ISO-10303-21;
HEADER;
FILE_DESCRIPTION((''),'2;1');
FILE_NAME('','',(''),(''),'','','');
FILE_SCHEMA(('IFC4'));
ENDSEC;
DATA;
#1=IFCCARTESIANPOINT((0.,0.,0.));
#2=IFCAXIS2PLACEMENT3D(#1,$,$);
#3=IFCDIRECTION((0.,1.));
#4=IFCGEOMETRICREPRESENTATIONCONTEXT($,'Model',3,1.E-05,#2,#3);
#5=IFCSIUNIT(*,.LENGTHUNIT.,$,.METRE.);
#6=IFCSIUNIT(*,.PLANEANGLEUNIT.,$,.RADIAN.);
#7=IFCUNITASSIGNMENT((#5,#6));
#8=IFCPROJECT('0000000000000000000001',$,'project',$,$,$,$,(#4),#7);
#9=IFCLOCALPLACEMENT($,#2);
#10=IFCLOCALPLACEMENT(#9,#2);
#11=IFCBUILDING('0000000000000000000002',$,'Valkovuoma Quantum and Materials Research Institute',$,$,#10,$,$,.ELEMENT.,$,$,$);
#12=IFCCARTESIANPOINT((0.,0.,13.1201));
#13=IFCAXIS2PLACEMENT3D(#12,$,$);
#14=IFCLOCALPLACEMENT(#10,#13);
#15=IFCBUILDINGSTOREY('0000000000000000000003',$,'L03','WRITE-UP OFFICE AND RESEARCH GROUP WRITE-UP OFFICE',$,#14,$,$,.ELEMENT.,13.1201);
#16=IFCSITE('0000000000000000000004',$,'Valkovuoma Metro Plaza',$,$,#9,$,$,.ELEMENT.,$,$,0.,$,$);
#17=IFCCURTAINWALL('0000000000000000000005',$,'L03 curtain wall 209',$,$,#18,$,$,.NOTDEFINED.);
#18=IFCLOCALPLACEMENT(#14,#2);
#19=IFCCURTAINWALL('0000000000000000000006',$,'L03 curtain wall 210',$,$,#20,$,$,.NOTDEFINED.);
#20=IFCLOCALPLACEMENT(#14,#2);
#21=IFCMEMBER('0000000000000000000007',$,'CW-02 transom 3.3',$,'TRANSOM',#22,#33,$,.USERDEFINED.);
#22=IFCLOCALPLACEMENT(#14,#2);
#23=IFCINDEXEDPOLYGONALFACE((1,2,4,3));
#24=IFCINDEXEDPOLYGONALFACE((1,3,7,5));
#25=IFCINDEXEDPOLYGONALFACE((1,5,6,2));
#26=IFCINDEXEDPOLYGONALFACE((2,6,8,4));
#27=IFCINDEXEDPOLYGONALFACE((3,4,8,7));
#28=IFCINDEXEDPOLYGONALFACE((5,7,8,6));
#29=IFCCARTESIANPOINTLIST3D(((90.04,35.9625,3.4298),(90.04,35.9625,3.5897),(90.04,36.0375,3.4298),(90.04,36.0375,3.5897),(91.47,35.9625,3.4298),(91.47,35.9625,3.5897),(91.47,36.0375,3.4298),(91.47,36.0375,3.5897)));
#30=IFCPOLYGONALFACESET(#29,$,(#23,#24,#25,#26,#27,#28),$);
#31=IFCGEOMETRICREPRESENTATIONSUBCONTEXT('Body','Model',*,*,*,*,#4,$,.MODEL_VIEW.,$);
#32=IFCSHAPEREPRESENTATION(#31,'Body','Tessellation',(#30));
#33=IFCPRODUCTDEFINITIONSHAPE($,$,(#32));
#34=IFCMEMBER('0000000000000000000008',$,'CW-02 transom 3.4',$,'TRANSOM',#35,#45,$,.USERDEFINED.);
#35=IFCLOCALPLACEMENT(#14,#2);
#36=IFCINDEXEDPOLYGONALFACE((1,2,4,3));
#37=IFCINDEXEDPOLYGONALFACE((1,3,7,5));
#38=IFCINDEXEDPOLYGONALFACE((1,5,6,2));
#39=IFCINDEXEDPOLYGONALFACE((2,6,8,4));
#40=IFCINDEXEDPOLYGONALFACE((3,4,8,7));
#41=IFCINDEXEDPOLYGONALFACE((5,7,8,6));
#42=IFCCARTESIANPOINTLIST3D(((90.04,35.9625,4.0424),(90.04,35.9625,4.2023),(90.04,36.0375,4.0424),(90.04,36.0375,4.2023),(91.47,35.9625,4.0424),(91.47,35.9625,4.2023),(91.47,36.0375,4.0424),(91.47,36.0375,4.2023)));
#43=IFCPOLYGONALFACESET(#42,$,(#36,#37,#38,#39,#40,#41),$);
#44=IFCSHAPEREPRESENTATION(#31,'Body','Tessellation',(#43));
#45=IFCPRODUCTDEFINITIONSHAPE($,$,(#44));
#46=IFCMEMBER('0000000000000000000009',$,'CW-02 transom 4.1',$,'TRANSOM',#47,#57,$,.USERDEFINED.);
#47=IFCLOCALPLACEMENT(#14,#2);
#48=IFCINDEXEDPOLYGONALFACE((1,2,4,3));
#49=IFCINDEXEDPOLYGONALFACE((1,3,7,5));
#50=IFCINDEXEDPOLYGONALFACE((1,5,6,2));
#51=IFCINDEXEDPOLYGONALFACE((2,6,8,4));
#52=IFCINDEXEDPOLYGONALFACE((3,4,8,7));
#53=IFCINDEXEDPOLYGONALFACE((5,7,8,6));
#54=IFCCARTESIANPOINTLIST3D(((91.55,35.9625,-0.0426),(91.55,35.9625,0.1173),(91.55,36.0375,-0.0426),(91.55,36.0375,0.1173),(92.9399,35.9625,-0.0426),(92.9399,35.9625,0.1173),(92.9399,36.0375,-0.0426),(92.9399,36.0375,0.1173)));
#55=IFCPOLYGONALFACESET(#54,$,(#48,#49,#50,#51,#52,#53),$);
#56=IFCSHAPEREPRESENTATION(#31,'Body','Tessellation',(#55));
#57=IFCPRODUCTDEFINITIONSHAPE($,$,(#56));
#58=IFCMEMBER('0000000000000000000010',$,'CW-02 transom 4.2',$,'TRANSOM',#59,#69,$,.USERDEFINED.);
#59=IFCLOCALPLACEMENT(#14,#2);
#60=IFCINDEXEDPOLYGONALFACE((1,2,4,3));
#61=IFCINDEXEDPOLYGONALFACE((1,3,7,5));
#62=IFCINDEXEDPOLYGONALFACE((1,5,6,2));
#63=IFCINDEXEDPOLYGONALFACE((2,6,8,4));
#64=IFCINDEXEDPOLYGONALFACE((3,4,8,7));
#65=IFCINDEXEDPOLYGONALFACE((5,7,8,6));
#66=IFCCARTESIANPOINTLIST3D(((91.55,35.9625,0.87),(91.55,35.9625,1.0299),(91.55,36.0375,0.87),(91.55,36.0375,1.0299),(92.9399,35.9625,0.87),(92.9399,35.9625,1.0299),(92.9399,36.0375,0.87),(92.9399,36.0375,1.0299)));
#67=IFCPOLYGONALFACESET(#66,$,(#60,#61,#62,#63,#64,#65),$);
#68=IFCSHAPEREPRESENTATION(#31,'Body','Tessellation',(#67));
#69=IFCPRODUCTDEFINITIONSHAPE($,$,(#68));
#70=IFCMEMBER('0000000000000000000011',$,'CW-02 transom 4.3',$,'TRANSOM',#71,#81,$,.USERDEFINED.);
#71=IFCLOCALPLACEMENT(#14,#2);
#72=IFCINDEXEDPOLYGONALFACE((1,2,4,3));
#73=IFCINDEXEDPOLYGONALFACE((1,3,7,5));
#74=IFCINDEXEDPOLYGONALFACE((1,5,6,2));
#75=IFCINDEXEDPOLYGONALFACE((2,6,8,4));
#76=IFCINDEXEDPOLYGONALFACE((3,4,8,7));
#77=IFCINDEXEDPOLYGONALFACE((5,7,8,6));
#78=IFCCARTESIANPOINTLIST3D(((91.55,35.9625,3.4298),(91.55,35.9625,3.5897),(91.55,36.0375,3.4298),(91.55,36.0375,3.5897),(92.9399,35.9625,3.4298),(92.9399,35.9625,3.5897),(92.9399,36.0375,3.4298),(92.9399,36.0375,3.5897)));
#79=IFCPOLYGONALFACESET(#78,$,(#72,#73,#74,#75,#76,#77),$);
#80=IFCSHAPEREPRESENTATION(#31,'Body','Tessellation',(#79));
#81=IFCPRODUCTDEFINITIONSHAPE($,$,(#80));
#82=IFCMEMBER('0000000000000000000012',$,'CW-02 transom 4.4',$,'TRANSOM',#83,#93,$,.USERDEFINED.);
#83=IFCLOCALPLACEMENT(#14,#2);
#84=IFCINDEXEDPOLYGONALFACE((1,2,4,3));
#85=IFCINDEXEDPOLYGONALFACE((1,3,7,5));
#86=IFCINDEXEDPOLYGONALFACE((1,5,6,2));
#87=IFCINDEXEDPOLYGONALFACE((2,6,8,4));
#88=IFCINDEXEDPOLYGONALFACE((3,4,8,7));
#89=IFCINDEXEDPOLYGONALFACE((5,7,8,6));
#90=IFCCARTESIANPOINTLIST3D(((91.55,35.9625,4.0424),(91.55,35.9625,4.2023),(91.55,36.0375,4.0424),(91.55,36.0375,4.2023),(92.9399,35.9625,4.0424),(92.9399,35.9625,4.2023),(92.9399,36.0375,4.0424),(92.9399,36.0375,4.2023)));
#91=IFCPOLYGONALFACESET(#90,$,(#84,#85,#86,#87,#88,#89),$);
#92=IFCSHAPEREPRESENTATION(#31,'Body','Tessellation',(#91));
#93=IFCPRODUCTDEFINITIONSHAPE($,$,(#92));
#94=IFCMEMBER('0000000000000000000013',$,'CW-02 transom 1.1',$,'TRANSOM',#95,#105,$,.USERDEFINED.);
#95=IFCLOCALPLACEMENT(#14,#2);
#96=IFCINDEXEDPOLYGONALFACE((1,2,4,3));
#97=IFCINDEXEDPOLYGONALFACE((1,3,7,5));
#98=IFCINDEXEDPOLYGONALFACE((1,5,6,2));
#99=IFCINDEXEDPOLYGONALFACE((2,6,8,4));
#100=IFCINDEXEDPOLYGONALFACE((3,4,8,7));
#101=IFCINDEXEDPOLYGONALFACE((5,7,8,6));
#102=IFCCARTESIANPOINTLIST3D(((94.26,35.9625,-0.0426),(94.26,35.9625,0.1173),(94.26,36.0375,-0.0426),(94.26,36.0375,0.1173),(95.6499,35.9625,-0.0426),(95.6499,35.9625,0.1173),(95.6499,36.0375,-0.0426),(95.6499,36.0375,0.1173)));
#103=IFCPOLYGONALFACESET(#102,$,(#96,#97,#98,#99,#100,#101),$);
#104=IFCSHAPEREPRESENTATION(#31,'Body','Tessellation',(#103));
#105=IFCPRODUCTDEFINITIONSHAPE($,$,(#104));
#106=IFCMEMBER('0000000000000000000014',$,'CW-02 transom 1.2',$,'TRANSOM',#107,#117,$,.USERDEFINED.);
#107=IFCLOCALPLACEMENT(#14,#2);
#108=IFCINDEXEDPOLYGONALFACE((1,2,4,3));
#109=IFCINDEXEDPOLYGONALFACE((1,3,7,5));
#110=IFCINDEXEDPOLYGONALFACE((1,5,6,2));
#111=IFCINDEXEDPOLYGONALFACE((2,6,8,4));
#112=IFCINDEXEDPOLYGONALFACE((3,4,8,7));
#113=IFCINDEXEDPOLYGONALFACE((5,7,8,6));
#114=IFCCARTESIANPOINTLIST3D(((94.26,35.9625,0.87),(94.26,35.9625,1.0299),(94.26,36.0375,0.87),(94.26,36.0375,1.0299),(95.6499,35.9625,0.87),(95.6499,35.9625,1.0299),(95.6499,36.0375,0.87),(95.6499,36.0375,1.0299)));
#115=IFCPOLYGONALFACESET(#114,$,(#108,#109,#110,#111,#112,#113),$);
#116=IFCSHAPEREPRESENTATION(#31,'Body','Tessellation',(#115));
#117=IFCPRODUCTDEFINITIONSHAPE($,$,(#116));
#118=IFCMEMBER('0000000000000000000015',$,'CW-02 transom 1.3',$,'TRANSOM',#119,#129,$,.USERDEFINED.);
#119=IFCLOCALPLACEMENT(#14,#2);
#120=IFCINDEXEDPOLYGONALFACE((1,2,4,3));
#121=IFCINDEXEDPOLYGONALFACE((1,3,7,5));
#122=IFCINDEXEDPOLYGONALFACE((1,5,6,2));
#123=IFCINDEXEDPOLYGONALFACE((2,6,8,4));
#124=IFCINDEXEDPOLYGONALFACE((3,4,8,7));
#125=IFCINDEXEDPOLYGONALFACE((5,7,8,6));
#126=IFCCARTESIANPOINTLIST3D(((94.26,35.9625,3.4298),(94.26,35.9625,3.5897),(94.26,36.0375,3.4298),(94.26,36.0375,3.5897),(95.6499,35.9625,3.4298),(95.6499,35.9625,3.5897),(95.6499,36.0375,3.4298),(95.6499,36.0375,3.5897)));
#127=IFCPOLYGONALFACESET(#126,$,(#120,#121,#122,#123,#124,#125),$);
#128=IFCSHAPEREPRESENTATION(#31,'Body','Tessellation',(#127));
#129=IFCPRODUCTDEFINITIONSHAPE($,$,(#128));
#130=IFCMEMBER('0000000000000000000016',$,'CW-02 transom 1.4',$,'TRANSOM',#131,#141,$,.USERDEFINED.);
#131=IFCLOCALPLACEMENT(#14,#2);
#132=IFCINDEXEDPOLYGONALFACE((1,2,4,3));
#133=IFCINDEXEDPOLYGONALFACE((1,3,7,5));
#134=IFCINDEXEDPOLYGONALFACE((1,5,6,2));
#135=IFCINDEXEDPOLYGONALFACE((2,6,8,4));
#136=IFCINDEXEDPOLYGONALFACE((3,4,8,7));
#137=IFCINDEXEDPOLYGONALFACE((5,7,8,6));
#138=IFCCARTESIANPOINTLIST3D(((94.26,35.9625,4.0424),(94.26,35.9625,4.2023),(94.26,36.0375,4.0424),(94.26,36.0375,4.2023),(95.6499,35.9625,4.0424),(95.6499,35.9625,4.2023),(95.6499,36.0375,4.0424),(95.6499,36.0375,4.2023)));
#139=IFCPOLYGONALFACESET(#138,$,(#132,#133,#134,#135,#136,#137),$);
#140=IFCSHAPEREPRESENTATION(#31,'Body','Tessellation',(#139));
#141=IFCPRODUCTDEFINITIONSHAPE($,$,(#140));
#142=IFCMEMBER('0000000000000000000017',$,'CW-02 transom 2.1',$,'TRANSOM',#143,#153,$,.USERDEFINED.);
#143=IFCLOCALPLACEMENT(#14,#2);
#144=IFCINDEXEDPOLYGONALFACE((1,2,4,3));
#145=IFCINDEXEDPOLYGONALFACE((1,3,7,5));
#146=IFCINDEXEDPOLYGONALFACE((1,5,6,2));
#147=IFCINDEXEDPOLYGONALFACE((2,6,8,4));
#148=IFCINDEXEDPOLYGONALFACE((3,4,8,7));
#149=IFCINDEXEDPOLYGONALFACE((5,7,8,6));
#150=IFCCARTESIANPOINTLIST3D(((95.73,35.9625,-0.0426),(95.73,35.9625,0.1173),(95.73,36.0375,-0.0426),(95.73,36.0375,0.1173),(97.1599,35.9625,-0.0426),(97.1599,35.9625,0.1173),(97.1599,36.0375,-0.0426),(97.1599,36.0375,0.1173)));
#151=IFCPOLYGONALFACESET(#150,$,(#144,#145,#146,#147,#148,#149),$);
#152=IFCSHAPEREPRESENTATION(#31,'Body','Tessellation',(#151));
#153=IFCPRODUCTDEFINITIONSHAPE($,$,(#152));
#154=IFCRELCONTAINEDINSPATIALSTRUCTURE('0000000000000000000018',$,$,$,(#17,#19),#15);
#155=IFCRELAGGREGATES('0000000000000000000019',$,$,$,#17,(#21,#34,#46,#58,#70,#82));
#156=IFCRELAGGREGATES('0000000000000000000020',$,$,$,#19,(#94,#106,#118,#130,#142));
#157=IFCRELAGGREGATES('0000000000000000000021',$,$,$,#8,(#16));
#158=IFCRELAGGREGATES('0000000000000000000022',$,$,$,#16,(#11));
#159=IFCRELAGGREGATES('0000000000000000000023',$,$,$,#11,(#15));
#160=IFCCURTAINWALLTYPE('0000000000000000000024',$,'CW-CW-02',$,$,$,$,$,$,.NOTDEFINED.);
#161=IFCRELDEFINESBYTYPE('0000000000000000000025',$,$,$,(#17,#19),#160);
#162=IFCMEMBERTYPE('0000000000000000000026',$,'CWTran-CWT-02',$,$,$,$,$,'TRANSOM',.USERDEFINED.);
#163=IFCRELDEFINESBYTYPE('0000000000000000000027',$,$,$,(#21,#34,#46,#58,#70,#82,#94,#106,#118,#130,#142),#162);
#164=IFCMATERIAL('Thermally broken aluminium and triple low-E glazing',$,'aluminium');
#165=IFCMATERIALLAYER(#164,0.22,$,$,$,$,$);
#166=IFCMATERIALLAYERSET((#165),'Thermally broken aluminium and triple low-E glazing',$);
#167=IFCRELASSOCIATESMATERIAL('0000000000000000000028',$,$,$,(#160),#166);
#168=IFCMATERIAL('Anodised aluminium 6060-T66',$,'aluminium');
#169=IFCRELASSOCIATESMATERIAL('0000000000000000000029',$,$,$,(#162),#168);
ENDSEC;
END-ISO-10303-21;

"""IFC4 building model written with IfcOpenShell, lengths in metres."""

from ifc_helpers import new_model, si_unit, direction, frame, origin, origin_2d, place, context, subcontext, project, spatial, rectangle, extrude, material, layer, layer_set, material_profile, profile_set, type_object, element, aggregate, save


model = new_model("IFC4")

# Units and contexts
model_context = context("Model", 3, precision=1e-05, world=origin(), true_north=direction((0.0, 1.0)))
body_context = subcontext(model_context, "Body", "Model", "MODEL_VIEW")
ifc_project = project(units=[si_unit("LENGTHUNIT", "METRE"), si_unit("PLANEANGLEUNIT", "RADIAN")], contexts=[model_context])

# Site, building, storey
site_placement = place(None, origin())
site = spatial("IfcSite", under=ifc_project, at=site_placement, Name="Valkovuoma Metro Plaza", CompositionType="ELEMENT", RefElevation=0.0)
building_placement = place(site_placement, origin())
building = spatial("IfcBuilding", under=site, at=building_placement, Name="Valkovuoma Quantum and Materials Research Institute", CompositionType="ELEMENT")
storey_placement = place(building_placement, frame((0.0, 0.0, 13.1201)))
storey = spatial("IfcBuildingStorey", under=building, at=storey_placement, Name="L03", Description="WRITE-UP OFFICE AND RESEARCH GROUP WRITE-UP OFFICE", CompositionType="ELEMENT", Elevation=13.1201)

# Curtain walls
ifc_material_1 = material(Name="Thermally broken aluminium and triple low-E glazing", Category="aluminium")
ifc_layer_1 = layer(ifc_material_1, 0.22)
ifc_layer_set_1 = layer_set([ifc_layer_1], Name="Thermally broken aluminium and triple low-E glazing")
curtain_wall_type = type_object("IfcCurtainWallType", Name="CW-CW-02", PredefinedType="NOTDEFINED", material=ifc_layer_set_1)
curtain_wall_1_placement = place(storey_placement, origin())
curtain_wall_1 = element("IfcCurtainWall", 1, at=curtain_wall_1_placement, inside=storey, type_object=curtain_wall_type, Name="L03 curtain wall 209", PredefinedType="NOTDEFINED")
curtain_wall_2_placement = place(storey_placement, origin())
curtain_wall_2 = element("IfcCurtainWall", 2, at=curtain_wall_2_placement, inside=storey, type_object=curtain_wall_type, Name="L03 curtain wall 210", PredefinedType="NOTDEFINED")

# Members
ifc_material_2 = material(Name="Anodised aluminium 6060-T66", Category="aluminium")
ifc_material_profile_1 = material_profile(ifc_material_2, rectangle(XDim=0.075, YDim=0.1599, at=origin_2d()), Name="Anodised aluminium 6060-T66")
ifc_profile_set_1 = profile_set([ifc_material_profile_1], Name="Anodised aluminium 6060-T66")
member_type_1 = type_object("IfcMemberType", Name="CWTran-CWT-02", ElementType="TRANSOM", PredefinedType="USERDEFINED", material=ifc_profile_set_1)
member_1_placement = place(storey_placement, frame((90.04, 36.0, 3.5098), z_axis=(1.0, 0.0, 0.0), x_axis=(0.0, 1.0, 0.0)))
member_1 = element("IfcMember", 3, at=member_1_placement, type_object=member_type_1, Name="CW-02 transom 3.3", ObjectType="TRANSOM", PredefinedType="USERDEFINED", context=body_context, shape_type="SweptSolid", body=[
    extrude(rectangle(XDim=0.075, YDim=0.1599, at=origin_2d()), origin(), (0.0, 0.0, 1.0), 1.4299),
])
member_2_placement = place(storey_placement, frame((90.04, 36.0, 4.1223), z_axis=(1.0, 0.0, 0.0), x_axis=(0.0, 1.0, 0.0)))
member_2 = element("IfcMember", 4, at=member_2_placement, type_object=member_type_1, Name="CW-02 transom 3.4", ObjectType="TRANSOM", PredefinedType="USERDEFINED", context=body_context, shape_type="SweptSolid", body=[
    extrude(rectangle(XDim=0.075, YDim=0.1599, at=origin_2d()), origin(), (0.0, 0.0, 1.0), 1.4299),
])
member_3_placement = place(storey_placement, frame((91.55, 36.0, 0.0374), z_axis=(1.0, 0.0, 0.0), x_axis=(0.0, 1.0, 0.0)))
member_3 = element("IfcMember", 5, at=member_3_placement, type_object=member_type_1, Name="CW-02 transom 4.1", ObjectType="TRANSOM", PredefinedType="USERDEFINED", context=body_context, shape_type="SweptSolid", body=[
    extrude(rectangle(XDim=0.075, YDim=0.1599, at=origin_2d()), origin(), (0.0, 0.0, 1.0), 1.3899),
])
member_4_placement = place(storey_placement, frame((91.55, 36.0, 0.95), z_axis=(1.0, 0.0, 0.0), x_axis=(0.0, 1.0, 0.0)))
member_4 = element("IfcMember", 6, at=member_4_placement, type_object=member_type_1, Name="CW-02 transom 4.2", ObjectType="TRANSOM", PredefinedType="USERDEFINED", context=body_context, shape_type="SweptSolid", body=[
    extrude(rectangle(XDim=0.075, YDim=0.1599, at=origin_2d()), origin(), (0.0, 0.0, 1.0), 1.3899),
])
member_5_placement = place(storey_placement, frame((91.55, 36.0, 3.5098), z_axis=(1.0, 0.0, 0.0), x_axis=(0.0, 1.0, 0.0)))
member_5 = element("IfcMember", 7, at=member_5_placement, type_object=member_type_1, Name="CW-02 transom 4.3", ObjectType="TRANSOM", PredefinedType="USERDEFINED", context=body_context, shape_type="SweptSolid", body=[
    extrude(rectangle(XDim=0.075, YDim=0.1599, at=origin_2d()), origin(), (0.0, 0.0, 1.0), 1.3899),
])
member_6_placement = place(storey_placement, frame((91.55, 36.0, 4.1223), z_axis=(1.0, 0.0, 0.0), x_axis=(0.0, 1.0, 0.0)))
member_6 = element("IfcMember", 8, at=member_6_placement, type_object=member_type_1, Name="CW-02 transom 4.4", ObjectType="TRANSOM", PredefinedType="USERDEFINED", context=body_context, shape_type="SweptSolid", body=[
    extrude(rectangle(XDim=0.075, YDim=0.1599, at=origin_2d()), origin(), (0.0, 0.0, 1.0), 1.3899),
])
member_7_placement = place(storey_placement, frame((94.26, 36.0, 0.0374), z_axis=(1.0, 0.0, 0.0), x_axis=(0.0, 1.0, 0.0)))
member_7 = element("IfcMember", 9, at=member_7_placement, type_object=member_type_1, Name="CW-02 transom 1.1", ObjectType="TRANSOM", PredefinedType="USERDEFINED", context=body_context, shape_type="SweptSolid", body=[
    extrude(rectangle(XDim=0.075, YDim=0.1599, at=origin_2d()), origin(), (0.0, 0.0, 1.0), 1.3899),
])
member_8_placement = place(storey_placement, frame((94.26, 36.0, 0.95), z_axis=(1.0, 0.0, 0.0), x_axis=(0.0, 1.0, 0.0)))
member_8 = element("IfcMember", 10, at=member_8_placement, type_object=member_type_1, Name="CW-02 transom 1.2", ObjectType="TRANSOM", PredefinedType="USERDEFINED", context=body_context, shape_type="SweptSolid", body=[
    extrude(rectangle(XDim=0.075, YDim=0.1599, at=origin_2d()), origin(), (0.0, 0.0, 1.0), 1.3899),
])
member_9_placement = place(storey_placement, frame((94.26, 36.0, 3.5098), z_axis=(1.0, 0.0, 0.0), x_axis=(0.0, 1.0, 0.0)))
member_9 = element("IfcMember", 11, at=member_9_placement, type_object=member_type_1, Name="CW-02 transom 1.3", ObjectType="TRANSOM", PredefinedType="USERDEFINED", context=body_context, shape_type="SweptSolid", body=[
    extrude(rectangle(XDim=0.075, YDim=0.1599, at=origin_2d()), origin(), (0.0, 0.0, 1.0), 1.3899),
])
member_10_placement = place(storey_placement, frame((94.26, 36.0, 4.1223), z_axis=(1.0, 0.0, 0.0), x_axis=(0.0, 1.0, 0.0)))
member_10 = element("IfcMember", 12, at=member_10_placement, type_object=member_type_1, Name="CW-02 transom 1.4", ObjectType="TRANSOM", PredefinedType="USERDEFINED", context=body_context, shape_type="SweptSolid", body=[
    extrude(rectangle(XDim=0.075, YDim=0.1599, at=origin_2d()), origin(), (0.0, 0.0, 1.0), 1.3899),
])
member_11_placement = place(storey_placement, frame((95.73, 36.0, 0.0374), z_axis=(1.0, 0.0, 0.0), x_axis=(0.0, 1.0, 0.0)))
member_11 = element("IfcMember", 13, at=member_11_placement, type_object=member_type_1, Name="CW-02 transom 2.1", ObjectType="TRANSOM", PredefinedType="USERDEFINED", context=body_context, shape_type="SweptSolid", body=[
    extrude(rectangle(XDim=0.075, YDim=0.1599, at=origin_2d()), origin(), (0.0, 0.0, 1.0), 1.4299),
])

aggregate(curtain_wall_1, [member_1, member_2, member_3, member_4, member_5, member_6])
aggregate(curtain_wall_2, [member_7, member_8, member_9, member_10, member_11])

save(model, "model.ifc")
